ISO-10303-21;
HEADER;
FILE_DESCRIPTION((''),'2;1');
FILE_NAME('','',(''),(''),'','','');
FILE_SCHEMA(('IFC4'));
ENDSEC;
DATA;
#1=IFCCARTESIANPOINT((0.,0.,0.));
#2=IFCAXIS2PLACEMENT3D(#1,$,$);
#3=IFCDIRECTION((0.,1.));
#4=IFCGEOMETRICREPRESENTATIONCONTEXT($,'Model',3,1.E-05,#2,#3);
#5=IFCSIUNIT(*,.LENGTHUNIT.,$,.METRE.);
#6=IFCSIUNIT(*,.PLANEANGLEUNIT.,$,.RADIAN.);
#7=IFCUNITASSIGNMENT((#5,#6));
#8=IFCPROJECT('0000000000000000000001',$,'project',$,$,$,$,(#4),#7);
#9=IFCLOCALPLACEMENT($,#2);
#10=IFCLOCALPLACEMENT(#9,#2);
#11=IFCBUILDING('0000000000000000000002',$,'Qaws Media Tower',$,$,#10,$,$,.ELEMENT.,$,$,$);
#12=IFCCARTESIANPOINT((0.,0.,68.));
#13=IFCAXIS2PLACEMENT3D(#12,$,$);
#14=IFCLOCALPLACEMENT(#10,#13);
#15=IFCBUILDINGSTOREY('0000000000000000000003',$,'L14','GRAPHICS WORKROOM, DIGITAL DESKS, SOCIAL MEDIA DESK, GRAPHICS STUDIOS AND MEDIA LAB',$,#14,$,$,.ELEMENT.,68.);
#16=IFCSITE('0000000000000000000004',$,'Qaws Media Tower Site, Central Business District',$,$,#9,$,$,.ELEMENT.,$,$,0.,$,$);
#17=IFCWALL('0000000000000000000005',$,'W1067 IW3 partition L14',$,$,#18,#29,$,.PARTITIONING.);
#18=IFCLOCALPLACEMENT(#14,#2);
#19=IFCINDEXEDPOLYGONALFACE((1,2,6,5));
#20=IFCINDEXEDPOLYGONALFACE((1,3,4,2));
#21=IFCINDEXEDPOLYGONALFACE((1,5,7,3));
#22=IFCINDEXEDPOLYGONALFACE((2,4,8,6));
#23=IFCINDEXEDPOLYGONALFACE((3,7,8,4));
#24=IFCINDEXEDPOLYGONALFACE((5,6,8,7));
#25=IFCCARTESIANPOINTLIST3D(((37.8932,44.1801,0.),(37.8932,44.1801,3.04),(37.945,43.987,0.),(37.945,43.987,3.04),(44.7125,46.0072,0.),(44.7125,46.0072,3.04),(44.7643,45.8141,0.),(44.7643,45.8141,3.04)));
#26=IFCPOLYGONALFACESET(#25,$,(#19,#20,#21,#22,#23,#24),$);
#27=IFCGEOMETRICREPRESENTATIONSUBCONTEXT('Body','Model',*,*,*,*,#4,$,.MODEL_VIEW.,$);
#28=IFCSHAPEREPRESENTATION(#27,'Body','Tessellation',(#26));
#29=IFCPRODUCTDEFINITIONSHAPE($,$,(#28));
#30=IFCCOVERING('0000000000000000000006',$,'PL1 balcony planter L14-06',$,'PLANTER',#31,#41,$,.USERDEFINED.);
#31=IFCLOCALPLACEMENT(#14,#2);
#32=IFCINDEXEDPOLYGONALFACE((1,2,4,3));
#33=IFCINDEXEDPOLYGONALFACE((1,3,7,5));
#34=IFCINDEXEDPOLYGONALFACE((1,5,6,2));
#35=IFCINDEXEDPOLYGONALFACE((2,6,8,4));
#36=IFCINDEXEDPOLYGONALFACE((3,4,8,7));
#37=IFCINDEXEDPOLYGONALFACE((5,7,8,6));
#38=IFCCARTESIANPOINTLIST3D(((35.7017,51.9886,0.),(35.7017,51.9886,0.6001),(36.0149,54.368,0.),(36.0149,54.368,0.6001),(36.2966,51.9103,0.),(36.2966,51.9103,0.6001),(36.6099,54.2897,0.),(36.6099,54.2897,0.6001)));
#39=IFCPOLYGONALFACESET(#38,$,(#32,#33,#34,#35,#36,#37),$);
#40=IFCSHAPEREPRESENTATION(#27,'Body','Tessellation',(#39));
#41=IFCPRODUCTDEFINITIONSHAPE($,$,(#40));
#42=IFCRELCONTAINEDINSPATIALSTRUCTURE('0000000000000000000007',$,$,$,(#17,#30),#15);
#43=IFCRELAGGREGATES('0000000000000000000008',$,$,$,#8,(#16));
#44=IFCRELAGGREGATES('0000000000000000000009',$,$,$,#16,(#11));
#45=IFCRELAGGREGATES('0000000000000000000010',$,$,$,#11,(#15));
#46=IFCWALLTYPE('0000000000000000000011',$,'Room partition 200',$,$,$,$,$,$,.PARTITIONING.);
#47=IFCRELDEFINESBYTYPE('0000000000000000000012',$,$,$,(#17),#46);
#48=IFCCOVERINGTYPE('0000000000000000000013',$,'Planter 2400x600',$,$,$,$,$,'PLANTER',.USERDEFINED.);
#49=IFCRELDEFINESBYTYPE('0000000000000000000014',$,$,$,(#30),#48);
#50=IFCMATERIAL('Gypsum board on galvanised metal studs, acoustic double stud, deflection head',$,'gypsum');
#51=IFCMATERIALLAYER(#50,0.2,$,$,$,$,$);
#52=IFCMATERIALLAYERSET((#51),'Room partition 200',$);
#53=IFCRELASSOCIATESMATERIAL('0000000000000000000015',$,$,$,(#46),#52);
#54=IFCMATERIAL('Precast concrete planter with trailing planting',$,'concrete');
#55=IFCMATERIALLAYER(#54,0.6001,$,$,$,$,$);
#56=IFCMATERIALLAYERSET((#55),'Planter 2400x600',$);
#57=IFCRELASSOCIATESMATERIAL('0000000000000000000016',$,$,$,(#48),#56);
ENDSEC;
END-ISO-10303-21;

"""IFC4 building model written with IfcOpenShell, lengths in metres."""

from ifc_helpers import new_model, si_unit, direction, frame, frame_2d, origin, origin_2d, place, context, subcontext, project, spatial, rectangle, extrude, material, layer, layer_set, type_object, element, save


model = new_model("IFC4")

# Units and contexts
model_context = context("Model", 3, precision=1e-05, world=origin(), true_north=direction((0.0, 1.0)))
body_context = subcontext(model_context, "Body", "Model", "MODEL_VIEW")
ifc_project = project(units=[si_unit("LENGTHUNIT", "METRE"), si_unit("PLANEANGLEUNIT", "RADIAN")], contexts=[model_context])

# Site, building, storey
site_placement = place(None, origin())
site = spatial("IfcSite", under=ifc_project, at=site_placement, Name="Qaws Media Tower Site, Central Business District", CompositionType="ELEMENT", RefElevation=0.0)
building_placement = place(site_placement, origin())
building = spatial("IfcBuilding", under=site, at=building_placement, Name="Qaws Media Tower", CompositionType="ELEMENT")
storey_placement = place(building_placement, frame((0.0, 0.0, 68.0)))
storey = spatial("IfcBuildingStorey", under=building, at=storey_placement, Name="L14", Description="GRAPHICS WORKROOM, DIGITAL DESKS, SOCIAL MEDIA DESK, GRAPHICS STUDIOS AND MEDIA LAB", CompositionType="ELEMENT", Elevation=68.0)

# Shared definitions
ifc_material_1 = material(Name="Gypsum board on galvanised metal studs, acoustic double stud, deflection head", Category="gypsum")
ifc_layer_1 = layer(ifc_material_1, 0.2)
ifc_layer_set_1 = layer_set([ifc_layer_1], Name="Room partition 200")
wall_type_1 = type_object("IfcWallType", Name="Room partition 200", PredefinedType="PARTITIONING", material=ifc_layer_set_1)

# Wall
wall_1_placement = place(storey_placement, frame((44.7383, 45.9106, 0.0), z_axis=(0.0, 0.0, 1.0), x_axis=(-0.965929, -0.258808, 0.0)))
element("IfcWall", 1, at=wall_1_placement, inside=storey, type_object=wall_type_1, Name="W1067 IW3 partition L14", PredefinedType="PARTITIONING", context=body_context, shape_type="SweptSolid", body=[
    extrude(rectangle(XDim=7.0598, YDim=0.2, at=frame_2d((3.5298, 0.0))), origin(), (0.0, 0.0, 1.0), 3.04),
])

# Covering
ifc_material_2 = material(Name="Precast concrete planter with trailing planting", Category="concrete")
ifc_layer_2 = layer(ifc_material_2, 0.6001)
ifc_layer_set_2 = layer_set([ifc_layer_2], Name="Planter 2400x600")
covering_type = type_object("IfcCoveringType", Name="Planter 2400x600", ElementType="PLANTER", PredefinedType="USERDEFINED", material=ifc_layer_set_2)
covering_placement = place(storey_placement, frame((36.1558, 53.1392, 0.0), z_axis=(0.0, 0.0, 1.0), x_axis=(-0.130526, -0.991445, 0.0)))
element("IfcCovering", 2, at=covering_placement, inside=storey, type_object=covering_type, Name="PL1 balcony planter L14-06", ObjectType="PLANTER", PredefinedType="USERDEFINED", context=body_context, shape_type="SweptSolid", body=[
    extrude(rectangle(XDim=2.3999, YDim=0.6001, at=origin_2d()), origin(), (0.0, 0.0, 1.0), 0.6001),
])

save(model, "model.ifc")
